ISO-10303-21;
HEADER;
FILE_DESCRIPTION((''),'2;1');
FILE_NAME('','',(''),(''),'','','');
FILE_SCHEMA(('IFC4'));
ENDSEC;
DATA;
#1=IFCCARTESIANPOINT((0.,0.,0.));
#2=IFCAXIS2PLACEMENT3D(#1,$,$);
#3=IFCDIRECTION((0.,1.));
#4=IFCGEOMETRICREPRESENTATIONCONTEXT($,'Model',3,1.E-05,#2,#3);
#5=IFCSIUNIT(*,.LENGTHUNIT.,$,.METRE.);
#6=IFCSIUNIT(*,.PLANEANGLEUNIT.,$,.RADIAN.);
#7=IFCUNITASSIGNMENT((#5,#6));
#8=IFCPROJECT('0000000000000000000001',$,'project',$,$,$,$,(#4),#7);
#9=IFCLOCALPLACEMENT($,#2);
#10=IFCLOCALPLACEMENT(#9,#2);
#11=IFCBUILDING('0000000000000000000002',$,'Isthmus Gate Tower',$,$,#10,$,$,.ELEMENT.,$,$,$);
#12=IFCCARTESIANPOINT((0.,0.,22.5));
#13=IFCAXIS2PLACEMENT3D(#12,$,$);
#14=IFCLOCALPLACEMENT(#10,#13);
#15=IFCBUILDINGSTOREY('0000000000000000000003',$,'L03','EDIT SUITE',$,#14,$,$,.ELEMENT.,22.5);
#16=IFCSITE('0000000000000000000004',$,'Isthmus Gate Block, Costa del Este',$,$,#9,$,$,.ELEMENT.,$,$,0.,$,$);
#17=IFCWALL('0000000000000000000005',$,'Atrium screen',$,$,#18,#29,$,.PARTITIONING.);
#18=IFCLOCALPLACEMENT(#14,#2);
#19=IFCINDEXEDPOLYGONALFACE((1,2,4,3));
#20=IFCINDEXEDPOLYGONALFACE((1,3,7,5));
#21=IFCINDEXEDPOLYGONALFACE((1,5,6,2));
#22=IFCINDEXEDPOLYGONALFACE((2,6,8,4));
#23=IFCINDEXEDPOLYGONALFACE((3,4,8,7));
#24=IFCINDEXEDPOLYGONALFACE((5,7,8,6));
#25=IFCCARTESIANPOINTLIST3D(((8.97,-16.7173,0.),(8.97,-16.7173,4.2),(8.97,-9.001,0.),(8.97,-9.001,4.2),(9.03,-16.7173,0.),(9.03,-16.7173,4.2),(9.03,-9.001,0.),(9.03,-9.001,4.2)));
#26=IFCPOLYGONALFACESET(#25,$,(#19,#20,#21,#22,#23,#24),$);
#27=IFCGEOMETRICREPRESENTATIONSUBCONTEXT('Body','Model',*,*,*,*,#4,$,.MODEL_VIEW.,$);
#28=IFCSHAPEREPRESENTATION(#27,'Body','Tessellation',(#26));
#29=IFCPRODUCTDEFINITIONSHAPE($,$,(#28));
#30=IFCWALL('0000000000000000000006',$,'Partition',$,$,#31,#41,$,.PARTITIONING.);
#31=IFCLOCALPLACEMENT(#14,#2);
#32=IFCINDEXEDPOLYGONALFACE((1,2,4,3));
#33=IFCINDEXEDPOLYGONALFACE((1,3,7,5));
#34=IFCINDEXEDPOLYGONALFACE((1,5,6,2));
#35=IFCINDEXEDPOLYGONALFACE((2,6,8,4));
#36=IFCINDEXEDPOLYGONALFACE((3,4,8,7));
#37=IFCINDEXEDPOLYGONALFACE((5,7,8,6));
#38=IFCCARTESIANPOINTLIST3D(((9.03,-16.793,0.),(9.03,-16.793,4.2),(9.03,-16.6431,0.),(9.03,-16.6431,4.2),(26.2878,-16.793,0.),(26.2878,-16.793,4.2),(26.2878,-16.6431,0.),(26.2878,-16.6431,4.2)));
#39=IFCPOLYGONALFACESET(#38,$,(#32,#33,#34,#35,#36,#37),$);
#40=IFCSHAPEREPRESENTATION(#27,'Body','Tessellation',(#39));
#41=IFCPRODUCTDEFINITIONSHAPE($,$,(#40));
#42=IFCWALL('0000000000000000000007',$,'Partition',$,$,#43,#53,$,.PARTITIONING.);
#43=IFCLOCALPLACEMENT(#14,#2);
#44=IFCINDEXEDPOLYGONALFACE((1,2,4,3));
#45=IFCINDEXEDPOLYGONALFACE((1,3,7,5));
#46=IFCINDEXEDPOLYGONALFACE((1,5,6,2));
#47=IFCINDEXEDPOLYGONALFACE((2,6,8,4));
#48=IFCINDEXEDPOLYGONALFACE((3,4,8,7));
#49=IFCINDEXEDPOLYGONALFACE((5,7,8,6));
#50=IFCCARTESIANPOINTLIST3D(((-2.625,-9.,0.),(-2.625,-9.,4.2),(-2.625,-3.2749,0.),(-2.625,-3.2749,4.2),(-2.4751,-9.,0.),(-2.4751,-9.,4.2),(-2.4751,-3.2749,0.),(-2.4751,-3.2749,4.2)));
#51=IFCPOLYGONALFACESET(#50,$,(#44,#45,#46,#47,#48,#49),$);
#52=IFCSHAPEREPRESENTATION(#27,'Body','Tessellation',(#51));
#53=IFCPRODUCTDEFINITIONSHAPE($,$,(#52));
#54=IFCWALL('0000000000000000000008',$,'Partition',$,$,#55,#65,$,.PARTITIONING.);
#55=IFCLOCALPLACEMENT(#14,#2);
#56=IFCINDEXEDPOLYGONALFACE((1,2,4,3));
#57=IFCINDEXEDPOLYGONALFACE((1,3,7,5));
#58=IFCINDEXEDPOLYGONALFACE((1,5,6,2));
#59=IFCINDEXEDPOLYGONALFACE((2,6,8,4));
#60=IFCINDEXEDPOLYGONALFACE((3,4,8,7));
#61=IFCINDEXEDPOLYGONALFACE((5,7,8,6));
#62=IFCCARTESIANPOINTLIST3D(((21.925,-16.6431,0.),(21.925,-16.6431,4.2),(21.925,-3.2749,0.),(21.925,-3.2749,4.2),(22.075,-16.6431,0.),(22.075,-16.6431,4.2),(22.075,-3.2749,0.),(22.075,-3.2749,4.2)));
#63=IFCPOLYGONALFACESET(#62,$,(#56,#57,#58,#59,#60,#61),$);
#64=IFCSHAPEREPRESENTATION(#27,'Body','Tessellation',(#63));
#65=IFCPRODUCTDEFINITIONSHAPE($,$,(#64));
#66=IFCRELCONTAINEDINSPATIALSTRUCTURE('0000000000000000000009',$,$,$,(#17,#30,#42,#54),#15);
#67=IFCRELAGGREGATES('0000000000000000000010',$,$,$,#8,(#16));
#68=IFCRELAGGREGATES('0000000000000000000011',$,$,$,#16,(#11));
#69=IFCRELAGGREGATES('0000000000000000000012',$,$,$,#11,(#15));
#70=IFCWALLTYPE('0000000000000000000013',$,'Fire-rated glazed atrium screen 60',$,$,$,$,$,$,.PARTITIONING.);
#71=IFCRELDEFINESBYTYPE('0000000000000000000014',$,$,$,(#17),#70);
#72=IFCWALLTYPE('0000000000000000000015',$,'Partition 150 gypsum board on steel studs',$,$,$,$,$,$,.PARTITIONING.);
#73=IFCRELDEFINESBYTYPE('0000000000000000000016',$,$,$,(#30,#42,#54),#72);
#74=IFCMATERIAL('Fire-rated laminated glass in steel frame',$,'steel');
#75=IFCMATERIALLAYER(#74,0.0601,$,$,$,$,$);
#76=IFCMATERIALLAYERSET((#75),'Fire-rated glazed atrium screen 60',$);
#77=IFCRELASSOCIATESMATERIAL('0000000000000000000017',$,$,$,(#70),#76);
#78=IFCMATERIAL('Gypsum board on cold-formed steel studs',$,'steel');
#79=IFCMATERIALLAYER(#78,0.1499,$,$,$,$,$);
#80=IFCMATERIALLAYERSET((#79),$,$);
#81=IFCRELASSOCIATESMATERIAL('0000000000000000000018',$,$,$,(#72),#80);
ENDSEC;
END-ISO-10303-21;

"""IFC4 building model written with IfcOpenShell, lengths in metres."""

from ifc_helpers import new_model, si_unit, direction, frame, frame_2d, origin, place, context, subcontext, project, spatial, rectangle, extrude, material, layer, layer_set, type_object, element, save


model = new_model("IFC4")

# Units and contexts
model_context = context("Model", 3, precision=1e-05, world=origin(), true_north=direction((0.0, 1.0)))
body_context = subcontext(model_context, "Body", "Model", "MODEL_VIEW")
ifc_project = project(units=[si_unit("LENGTHUNIT", "METRE"), si_unit("PLANEANGLEUNIT", "RADIAN")], contexts=[model_context])

# Site, building, storey
site_placement = place(None, origin())
site = spatial("IfcSite", under=ifc_project, at=site_placement, Name="Isthmus Gate Block, Costa del Este", CompositionType="ELEMENT", RefElevation=0.0)
building_placement = place(site_placement, origin())
building = spatial("IfcBuilding", under=site, at=building_placement, Name="Isthmus Gate Tower", CompositionType="ELEMENT")
storey_placement = place(building_placement, frame((0.0, 0.0, 22.5)))
storey = spatial("IfcBuildingStorey", under=building, at=storey_placement, Name="L03", Description="EDIT SUITE", CompositionType="ELEMENT", Elevation=22.5)

# Walls
ifc_material_1 = material(Name="Fire-rated laminated glass in steel frame", Category="steel")
ifc_layer_1 = layer(ifc_material_1, 0.0601)
ifc_layer_set_1 = layer_set([ifc_layer_1], Name="Fire-rated glazed atrium screen 60")
wall_type_1 = type_object("IfcWallType", Name="Fire-rated glazed atrium screen 60", PredefinedType="PARTITIONING", material=ifc_layer_set_1)
wall_1_placement = place(storey_placement, frame((9.0, -16.7173, 0.0), z_axis=(0.0, 0.0, 1.0), x_axis=(0.0, 1.0, 0.0)))
element("IfcWall", 1, at=wall_1_placement, inside=storey, type_object=wall_type_1, Name="Atrium screen", PredefinedType="PARTITIONING", context=body_context, shape_type="SweptSolid", body=[
    extrude(rectangle(XDim=7.7163, YDim=0.0601, at=frame_2d((3.8582, 0.0))), origin(), (0.0, 0.0, 1.0), 4.2),
])
ifc_material_2 = material(Name="Gypsum board on cold-formed steel studs", Category="steel")
ifc_layer_2 = layer(ifc_material_2, 0.1499)
ifc_layer_set_2 = layer_set([ifc_layer_2])
wall_type_2 = type_object("IfcWallType", Name="Partition 150 gypsum board on steel studs", PredefinedType="PARTITIONING", material=ifc_layer_set_2)
wall_2_placement = place(storey_placement, frame((9.03, -16.718, 0.0), z_axis=(0.0, 0.0, 1.0), x_axis=(1.0, 0.0, 0.0)))
element("IfcWall", 2, at=wall_2_placement, inside=storey, type_object=wall_type_2, Name="Partition", PredefinedType="PARTITIONING", context=body_context, shape_type="SweptSolid", body=[
    extrude(rectangle(XDim=17.2578, YDim=0.1499, at=frame_2d((8.6289, 0.0))), origin(), (0.0, 0.0, 1.0), 4.2),
])
wall_3_placement = place(storey_placement, frame((-2.55, -9.0, 0.0), z_axis=(0.0, 0.0, 1.0), x_axis=(0.0, 1.0, 0.0)))
element("IfcWall", 3, at=wall_3_placement, inside=storey, type_object=wall_type_2, Name="Partition", PredefinedType="PARTITIONING", context=body_context, shape_type="SweptSolid", body=[
    extrude(rectangle(XDim=5.7251, YDim=0.1499, at=frame_2d((2.8625, 0.0))), origin(), (0.0, 0.0, 1.0), 4.2),
])
wall_4_placement = place(storey_placement, frame((22.0, -16.6431, 0.0), z_axis=(0.0, 0.0, 1.0), x_axis=(0.0, 1.0, 0.0)))
element("IfcWall", 4, at=wall_4_placement, inside=storey, type_object=wall_type_2, Name="Partition", PredefinedType="PARTITIONING", context=body_context, shape_type="SweptSolid", body=[
    extrude(rectangle(XDim=13.3682, YDim=0.1499, at=frame_2d((6.6841, 0.0))), origin(), (0.0, 0.0, 1.0), 4.2),
])

save(model, "model.ifc")
